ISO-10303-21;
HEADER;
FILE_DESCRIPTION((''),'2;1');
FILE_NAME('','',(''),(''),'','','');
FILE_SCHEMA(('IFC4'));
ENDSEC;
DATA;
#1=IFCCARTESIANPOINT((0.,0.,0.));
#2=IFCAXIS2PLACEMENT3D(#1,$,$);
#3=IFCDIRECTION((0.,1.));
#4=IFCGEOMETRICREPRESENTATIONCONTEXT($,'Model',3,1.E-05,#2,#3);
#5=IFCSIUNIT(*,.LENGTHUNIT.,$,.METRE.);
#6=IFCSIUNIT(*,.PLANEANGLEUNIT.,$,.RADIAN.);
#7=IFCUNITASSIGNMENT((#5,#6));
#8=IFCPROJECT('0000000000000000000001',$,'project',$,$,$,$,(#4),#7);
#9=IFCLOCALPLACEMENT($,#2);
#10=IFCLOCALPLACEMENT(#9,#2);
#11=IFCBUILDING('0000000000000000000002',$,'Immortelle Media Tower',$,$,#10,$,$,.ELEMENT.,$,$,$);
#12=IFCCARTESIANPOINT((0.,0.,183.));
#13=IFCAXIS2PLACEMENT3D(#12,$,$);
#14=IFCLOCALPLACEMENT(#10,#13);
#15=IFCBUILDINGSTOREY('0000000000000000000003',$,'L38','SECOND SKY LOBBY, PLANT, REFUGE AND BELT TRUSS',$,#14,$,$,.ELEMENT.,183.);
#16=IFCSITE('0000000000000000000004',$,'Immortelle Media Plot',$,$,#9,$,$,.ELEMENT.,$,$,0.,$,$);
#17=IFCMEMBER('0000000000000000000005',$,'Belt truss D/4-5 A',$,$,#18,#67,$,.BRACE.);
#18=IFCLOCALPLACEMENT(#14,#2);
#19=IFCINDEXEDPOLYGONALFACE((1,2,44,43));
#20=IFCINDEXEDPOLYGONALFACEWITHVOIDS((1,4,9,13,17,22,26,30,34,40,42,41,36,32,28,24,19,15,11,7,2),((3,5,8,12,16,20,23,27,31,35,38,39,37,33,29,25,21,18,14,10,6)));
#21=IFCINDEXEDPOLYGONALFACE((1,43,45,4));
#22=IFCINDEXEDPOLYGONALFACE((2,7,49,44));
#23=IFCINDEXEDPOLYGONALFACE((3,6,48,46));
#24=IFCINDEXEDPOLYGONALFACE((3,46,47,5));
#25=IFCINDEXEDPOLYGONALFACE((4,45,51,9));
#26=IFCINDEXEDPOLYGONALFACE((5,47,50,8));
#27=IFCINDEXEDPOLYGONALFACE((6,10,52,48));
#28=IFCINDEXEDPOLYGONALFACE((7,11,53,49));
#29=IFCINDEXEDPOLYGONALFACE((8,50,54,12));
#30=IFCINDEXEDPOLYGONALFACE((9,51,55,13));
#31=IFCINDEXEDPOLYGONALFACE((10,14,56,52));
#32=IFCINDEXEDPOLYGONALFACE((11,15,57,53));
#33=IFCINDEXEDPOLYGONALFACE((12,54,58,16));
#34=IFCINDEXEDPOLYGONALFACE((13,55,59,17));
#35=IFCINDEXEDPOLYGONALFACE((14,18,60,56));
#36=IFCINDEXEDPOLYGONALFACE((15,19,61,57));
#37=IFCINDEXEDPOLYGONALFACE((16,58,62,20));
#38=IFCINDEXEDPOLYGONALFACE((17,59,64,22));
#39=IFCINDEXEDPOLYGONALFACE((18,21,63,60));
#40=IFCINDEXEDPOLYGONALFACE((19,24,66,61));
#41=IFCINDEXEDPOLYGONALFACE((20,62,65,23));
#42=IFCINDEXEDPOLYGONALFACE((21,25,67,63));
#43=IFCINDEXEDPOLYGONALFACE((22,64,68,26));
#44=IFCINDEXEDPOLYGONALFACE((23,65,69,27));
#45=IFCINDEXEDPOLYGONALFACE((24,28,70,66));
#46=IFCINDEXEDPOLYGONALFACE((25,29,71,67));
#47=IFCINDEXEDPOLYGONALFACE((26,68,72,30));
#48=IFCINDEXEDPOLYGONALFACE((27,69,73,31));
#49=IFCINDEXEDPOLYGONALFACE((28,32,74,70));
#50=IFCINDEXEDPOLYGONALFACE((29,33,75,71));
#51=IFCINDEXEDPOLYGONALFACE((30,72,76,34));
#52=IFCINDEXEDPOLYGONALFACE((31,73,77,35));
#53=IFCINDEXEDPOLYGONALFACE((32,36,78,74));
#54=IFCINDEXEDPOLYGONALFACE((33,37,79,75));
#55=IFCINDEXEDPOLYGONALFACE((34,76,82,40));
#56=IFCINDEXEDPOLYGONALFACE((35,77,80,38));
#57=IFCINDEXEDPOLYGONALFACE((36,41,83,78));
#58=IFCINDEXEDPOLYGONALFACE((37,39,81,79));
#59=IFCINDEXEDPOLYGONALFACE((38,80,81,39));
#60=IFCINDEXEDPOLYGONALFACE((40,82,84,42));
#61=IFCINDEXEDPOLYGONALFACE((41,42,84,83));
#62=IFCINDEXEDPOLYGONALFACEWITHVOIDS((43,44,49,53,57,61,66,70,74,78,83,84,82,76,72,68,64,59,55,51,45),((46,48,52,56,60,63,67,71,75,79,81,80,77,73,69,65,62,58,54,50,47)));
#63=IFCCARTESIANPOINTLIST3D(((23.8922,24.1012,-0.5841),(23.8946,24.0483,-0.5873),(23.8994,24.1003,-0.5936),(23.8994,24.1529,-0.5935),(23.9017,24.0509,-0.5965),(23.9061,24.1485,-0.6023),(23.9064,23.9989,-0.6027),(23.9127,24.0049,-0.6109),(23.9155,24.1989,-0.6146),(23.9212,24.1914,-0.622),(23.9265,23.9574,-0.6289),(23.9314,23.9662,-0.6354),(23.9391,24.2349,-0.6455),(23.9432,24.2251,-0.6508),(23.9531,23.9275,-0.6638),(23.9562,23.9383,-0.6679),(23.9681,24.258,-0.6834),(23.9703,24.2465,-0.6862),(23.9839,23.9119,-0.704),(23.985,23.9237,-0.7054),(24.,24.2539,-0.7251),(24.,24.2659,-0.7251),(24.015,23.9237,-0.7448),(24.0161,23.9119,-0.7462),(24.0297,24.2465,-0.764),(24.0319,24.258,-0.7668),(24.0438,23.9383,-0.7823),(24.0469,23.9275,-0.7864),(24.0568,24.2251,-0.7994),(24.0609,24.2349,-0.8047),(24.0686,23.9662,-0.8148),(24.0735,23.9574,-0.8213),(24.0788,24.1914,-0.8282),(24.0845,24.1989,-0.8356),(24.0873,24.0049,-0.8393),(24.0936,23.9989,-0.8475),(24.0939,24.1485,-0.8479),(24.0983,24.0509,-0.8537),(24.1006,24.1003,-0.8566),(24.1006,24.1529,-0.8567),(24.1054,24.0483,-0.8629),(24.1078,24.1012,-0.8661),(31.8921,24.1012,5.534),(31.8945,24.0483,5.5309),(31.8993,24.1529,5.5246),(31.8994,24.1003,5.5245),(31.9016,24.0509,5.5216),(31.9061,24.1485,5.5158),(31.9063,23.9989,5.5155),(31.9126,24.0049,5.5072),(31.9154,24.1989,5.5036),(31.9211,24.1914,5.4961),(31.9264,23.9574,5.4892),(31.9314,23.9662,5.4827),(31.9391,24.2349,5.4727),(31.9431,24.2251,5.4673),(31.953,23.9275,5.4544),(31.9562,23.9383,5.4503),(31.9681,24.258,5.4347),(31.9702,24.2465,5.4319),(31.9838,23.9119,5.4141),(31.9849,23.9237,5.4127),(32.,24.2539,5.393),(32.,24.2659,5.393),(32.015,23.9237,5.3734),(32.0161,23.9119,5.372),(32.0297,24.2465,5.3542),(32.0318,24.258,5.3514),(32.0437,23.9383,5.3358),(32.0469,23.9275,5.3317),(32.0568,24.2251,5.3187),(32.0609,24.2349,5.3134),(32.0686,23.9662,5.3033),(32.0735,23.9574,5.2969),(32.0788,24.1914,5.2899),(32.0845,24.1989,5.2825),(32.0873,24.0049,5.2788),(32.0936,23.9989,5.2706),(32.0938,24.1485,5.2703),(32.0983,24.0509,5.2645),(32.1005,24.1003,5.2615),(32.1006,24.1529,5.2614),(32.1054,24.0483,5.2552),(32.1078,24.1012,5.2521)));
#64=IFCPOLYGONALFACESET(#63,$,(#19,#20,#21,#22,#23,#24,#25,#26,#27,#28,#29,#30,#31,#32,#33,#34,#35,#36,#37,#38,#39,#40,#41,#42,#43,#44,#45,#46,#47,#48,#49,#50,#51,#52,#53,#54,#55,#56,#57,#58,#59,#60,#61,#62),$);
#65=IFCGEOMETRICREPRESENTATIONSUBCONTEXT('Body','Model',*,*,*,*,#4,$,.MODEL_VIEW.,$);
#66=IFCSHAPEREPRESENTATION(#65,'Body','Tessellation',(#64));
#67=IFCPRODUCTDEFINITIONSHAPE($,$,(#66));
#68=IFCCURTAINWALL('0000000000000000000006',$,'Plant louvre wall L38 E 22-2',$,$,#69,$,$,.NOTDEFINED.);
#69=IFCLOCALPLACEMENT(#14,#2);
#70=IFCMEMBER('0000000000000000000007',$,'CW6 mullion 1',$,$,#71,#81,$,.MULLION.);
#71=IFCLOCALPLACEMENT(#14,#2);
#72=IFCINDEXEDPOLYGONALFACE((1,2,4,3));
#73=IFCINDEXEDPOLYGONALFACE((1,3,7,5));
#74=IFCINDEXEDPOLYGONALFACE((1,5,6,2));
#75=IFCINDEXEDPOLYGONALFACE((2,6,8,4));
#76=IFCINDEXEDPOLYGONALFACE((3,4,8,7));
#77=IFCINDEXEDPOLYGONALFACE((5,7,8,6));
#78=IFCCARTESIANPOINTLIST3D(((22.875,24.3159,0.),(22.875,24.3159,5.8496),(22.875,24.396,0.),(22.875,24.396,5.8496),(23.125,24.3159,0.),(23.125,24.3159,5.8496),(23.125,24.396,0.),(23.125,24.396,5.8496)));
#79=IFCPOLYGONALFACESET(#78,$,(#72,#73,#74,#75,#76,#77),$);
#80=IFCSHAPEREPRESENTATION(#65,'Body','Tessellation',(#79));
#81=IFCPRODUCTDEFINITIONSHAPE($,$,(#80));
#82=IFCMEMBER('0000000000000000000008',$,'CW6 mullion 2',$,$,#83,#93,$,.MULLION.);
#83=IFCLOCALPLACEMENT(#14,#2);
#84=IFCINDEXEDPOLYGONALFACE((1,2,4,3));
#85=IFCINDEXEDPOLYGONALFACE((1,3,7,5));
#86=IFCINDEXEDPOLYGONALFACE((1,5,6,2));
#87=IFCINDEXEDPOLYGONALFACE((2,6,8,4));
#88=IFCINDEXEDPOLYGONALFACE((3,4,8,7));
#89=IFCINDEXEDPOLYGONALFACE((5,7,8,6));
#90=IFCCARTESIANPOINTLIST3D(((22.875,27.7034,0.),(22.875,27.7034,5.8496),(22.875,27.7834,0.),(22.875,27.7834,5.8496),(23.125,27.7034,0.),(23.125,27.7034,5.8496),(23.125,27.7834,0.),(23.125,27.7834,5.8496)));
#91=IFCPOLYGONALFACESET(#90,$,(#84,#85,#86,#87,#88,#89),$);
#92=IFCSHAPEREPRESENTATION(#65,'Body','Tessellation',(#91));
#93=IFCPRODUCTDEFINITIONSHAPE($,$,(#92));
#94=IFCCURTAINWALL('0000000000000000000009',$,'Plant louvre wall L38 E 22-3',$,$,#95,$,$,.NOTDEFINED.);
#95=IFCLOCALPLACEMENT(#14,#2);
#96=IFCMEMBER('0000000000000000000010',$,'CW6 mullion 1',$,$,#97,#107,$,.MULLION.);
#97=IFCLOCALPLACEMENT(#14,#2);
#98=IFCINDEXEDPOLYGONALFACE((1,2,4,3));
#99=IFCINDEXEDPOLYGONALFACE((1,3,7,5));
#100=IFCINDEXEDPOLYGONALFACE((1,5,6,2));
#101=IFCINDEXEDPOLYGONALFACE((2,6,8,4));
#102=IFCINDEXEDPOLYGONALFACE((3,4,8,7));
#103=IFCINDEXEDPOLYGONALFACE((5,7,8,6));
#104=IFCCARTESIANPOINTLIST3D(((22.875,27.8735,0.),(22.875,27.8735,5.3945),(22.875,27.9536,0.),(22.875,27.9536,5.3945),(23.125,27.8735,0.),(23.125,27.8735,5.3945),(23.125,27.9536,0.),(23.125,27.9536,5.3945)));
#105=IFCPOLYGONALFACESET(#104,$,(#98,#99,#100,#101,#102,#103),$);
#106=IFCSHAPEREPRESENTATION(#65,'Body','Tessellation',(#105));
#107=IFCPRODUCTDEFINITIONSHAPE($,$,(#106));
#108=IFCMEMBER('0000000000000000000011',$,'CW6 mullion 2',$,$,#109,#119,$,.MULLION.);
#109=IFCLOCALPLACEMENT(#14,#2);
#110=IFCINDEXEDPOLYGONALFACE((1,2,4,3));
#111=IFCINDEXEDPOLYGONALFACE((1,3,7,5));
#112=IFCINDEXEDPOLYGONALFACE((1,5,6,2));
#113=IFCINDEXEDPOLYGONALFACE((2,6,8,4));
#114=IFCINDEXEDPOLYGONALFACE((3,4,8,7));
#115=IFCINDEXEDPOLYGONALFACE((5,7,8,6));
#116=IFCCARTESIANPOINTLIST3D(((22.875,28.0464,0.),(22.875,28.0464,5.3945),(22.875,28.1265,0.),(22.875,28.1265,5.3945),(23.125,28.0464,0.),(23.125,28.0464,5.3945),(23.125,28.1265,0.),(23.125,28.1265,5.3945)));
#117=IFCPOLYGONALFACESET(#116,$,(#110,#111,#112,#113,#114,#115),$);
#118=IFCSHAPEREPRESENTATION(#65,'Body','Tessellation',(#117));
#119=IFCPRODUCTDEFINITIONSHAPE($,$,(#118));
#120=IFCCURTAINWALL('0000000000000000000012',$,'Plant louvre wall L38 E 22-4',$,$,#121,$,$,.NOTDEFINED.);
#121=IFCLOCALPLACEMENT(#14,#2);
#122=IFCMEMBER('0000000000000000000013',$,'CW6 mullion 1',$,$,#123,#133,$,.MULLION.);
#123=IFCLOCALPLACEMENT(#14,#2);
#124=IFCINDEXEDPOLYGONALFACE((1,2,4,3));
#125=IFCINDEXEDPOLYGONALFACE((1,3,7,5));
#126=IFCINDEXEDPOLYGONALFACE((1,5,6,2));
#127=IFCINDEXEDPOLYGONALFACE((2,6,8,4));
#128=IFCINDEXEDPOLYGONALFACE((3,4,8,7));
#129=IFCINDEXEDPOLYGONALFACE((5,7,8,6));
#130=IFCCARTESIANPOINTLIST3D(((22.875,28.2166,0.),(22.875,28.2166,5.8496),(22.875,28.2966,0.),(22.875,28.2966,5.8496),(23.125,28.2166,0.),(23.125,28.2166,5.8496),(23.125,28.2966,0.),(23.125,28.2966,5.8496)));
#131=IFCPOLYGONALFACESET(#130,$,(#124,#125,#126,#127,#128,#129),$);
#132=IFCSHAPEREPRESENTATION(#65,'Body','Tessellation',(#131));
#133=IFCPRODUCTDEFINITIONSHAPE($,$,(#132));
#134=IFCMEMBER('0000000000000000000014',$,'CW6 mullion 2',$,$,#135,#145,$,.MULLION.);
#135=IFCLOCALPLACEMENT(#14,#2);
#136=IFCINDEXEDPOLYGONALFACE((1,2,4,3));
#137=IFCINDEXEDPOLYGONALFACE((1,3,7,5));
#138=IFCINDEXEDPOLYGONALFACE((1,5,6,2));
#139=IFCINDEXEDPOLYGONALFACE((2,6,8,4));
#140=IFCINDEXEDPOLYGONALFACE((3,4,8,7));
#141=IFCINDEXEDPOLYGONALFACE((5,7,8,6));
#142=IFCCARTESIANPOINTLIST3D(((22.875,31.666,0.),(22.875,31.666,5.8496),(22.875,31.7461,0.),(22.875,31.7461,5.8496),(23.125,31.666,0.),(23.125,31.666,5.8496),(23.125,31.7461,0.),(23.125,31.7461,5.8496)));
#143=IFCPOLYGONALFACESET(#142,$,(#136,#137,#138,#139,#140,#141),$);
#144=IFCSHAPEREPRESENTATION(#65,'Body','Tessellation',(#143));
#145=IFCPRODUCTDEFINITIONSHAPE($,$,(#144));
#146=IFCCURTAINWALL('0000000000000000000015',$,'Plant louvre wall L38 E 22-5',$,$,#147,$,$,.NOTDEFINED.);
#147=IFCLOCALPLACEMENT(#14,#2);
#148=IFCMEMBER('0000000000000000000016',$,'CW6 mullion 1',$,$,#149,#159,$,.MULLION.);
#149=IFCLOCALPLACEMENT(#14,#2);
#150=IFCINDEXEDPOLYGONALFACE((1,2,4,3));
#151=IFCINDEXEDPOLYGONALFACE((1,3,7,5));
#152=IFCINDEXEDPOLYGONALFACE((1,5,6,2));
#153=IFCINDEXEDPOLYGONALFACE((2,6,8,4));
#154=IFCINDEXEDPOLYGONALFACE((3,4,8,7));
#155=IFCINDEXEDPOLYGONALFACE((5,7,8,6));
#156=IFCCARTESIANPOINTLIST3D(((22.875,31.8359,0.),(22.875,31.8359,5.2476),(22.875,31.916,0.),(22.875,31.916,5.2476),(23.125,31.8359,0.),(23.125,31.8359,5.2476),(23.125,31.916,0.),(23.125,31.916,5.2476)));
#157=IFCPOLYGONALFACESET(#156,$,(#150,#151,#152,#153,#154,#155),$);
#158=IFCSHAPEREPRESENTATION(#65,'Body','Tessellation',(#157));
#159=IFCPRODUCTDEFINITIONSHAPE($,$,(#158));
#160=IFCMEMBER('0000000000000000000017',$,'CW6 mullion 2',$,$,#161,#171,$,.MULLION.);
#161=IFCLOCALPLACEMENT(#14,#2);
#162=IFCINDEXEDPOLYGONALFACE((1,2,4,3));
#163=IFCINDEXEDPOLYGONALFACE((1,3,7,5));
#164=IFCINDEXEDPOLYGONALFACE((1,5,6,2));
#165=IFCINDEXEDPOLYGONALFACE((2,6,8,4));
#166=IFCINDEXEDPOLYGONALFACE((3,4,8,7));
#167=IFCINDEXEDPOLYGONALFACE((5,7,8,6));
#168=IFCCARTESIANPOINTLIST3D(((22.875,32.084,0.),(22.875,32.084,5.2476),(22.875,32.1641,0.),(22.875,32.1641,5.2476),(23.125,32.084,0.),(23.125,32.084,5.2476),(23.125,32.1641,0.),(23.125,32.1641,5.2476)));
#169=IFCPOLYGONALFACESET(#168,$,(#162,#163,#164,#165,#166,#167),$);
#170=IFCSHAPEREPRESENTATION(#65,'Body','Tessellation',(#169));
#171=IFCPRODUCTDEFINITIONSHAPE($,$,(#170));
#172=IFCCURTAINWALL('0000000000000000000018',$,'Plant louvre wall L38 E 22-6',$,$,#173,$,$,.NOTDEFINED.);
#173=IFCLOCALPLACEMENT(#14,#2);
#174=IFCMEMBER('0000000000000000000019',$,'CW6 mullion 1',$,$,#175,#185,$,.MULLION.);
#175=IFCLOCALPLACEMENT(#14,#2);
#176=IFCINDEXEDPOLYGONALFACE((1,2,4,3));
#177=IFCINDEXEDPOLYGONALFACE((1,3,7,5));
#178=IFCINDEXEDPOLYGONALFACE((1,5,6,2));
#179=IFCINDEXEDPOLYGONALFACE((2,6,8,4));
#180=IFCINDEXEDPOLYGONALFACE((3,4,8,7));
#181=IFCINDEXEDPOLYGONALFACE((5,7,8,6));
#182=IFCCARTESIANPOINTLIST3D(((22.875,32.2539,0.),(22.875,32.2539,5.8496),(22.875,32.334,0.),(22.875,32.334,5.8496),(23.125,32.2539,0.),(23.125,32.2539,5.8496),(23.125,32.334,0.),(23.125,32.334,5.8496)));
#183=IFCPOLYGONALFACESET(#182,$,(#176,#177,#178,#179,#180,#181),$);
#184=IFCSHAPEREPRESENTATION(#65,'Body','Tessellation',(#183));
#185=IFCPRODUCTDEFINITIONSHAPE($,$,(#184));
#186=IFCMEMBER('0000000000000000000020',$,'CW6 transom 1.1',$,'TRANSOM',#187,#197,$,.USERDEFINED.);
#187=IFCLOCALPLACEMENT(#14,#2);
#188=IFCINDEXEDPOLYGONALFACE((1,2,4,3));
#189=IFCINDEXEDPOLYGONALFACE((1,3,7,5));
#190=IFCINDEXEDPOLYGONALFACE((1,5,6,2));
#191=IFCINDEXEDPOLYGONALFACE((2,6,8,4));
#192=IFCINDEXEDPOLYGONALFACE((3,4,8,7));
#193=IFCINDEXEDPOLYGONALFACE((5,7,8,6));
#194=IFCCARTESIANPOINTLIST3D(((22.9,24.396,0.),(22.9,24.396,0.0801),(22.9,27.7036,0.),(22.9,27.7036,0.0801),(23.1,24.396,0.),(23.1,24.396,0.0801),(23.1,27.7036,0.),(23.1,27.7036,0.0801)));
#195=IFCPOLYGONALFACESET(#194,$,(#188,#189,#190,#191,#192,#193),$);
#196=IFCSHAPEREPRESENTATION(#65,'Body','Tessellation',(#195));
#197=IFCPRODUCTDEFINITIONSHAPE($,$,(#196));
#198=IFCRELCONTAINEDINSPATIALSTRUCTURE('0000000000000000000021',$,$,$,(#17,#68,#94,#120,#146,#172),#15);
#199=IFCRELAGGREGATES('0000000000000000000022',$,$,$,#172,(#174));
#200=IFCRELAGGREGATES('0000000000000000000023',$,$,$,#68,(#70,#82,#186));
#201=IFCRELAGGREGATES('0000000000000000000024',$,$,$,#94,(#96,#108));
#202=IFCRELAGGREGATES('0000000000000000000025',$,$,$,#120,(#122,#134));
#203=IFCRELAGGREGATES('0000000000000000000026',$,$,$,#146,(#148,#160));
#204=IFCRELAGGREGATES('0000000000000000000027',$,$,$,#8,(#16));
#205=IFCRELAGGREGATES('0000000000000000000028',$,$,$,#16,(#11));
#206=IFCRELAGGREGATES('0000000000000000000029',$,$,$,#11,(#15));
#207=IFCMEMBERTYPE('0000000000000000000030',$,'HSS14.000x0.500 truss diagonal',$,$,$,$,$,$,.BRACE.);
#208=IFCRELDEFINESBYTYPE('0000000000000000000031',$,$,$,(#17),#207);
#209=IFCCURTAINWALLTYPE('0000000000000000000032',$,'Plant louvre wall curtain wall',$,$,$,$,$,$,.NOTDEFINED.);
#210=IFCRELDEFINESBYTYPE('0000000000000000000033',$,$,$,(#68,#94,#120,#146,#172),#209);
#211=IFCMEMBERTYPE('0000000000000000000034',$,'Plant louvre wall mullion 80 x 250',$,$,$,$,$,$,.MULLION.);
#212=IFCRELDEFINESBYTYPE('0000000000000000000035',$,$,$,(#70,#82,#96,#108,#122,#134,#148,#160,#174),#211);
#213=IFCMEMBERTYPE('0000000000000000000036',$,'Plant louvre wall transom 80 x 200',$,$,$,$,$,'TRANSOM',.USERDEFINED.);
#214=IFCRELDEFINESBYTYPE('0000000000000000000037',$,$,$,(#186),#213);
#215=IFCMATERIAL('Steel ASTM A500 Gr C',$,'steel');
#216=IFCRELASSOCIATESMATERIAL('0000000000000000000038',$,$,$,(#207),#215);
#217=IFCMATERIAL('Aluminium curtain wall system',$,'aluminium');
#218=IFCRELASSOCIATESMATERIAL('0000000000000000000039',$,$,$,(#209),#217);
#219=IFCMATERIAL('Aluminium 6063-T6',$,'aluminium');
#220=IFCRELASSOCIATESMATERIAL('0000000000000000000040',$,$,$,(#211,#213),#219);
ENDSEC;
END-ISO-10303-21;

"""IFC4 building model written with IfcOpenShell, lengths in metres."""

from ifc_helpers import new_model, si_unit, direction, frame, origin, origin_2d, place, context, subcontext, project, spatial, rectangle, hollow_circle, extrude, material, material_profile, profile_set, type_object, element, aggregate, save


model = new_model("IFC4")

# Units and contexts
model_context = context("Model", 3, precision=1e-05, world=origin(), true_north=direction((0.0, 1.0)))
body_context = subcontext(model_context, "Body", "Model", "MODEL_VIEW")
ifc_project = project(units=[si_unit("LENGTHUNIT", "METRE"), si_unit("PLANEANGLEUNIT", "RADIAN")], contexts=[model_context])

# Site, building, storey
site_placement = place(None, origin())
site = spatial("IfcSite", under=ifc_project, at=site_placement, Name="Immortelle Media Plot", CompositionType="ELEMENT", RefElevation=0.0)
building_placement = place(site_placement, origin())
building = spatial("IfcBuilding", under=site, at=building_placement, Name="Immortelle Media Tower", CompositionType="ELEMENT")
storey_placement = place(building_placement, frame((0.0, 0.0, 183.0)))
storey = spatial("IfcBuildingStorey", under=building, at=storey_placement, Name="L38", Description="SECOND SKY LOBBY, PLANT, REFUGE AND BELT TRUSS", CompositionType="ELEMENT", Elevation=183.0)

# Member
ifc_material_1 = material(Name="Steel ASTM A500 Gr C", Category="steel")
ifc_material_profile_1 = material_profile(ifc_material_1, hollow_circle(Radius=0.178, WallThickness=0.012, at=origin_2d()), Name="HSS14.000x0.500 truss diagonal")
ifc_profile_set_1 = profile_set([ifc_material_profile_1], Name="Steel ASTM A500 Gr C")
member_type_1 = type_object("IfcMemberType", Name="HSS14.000x0.500 truss diagonal", PredefinedType="BRACE", material=ifc_profile_set_1)
member_1_placement = place(storey_placement, frame((24.0, 24.0879, -0.7251), z_axis=(0.794333, 0.0, 0.607482), x_axis=(0.0, 1.0, 0.0)))
element("IfcMember", 1, at=member_1_placement, inside=storey, type_object=member_type_1, Name="Belt truss D/4-5 A", PredefinedType="BRACE", context=body_context, shape_type="SweptSolid", body=[
    extrude(hollow_circle(Radius=0.178, WallThickness=0.012, at=origin_2d()), origin(), (0.0, 0.0, 1.0), 10.0713),
])

# Curtain walls, members
ifc_material_2 = material(Name="Aluminium curtain wall system", Category="aluminium")
curtain_wall_type = type_object("IfcCurtainWallType", Name="Plant louvre wall curtain wall", PredefinedType="NOTDEFINED", material=ifc_material_2)
curtain_wall_1_placement = place(storey_placement, origin())
curtain_wall_1 = element("IfcCurtainWall", 2, at=curtain_wall_1_placement, inside=storey, type_object=curtain_wall_type, Name="Plant louvre wall L38 E 22-2", PredefinedType="NOTDEFINED")
ifc_material_3 = material(Name="Aluminium 6063-T6", Category="aluminium")
ifc_material_profile_2 = material_profile(ifc_material_3, rectangle(XDim=0.25, YDim=0.0801, at=origin_2d()), Name="AL 80x250")
ifc_profile_set_2 = profile_set([ifc_material_profile_2], Name="Aluminium 6063-T6")
member_type_2 = type_object("IfcMemberType", Name="Plant louvre wall mullion 80 x 250", PredefinedType="MULLION", material=ifc_profile_set_2)
member_2_placement = place(storey_placement, frame((23.0, 24.356, 0.0), z_axis=(0.0, 0.0, 1.0), x_axis=(-1.0, 0.0, 0.0)))
member_2 = element("IfcMember", 3, at=member_2_placement, type_object=member_type_2, Name="CW6 mullion 1", PredefinedType="MULLION", context=body_context, shape_type="SweptSolid", body=[
    extrude(rectangle(XDim=0.25, YDim=0.0801, at=origin_2d()), origin(), (0.0, 0.0, 1.0), 5.8496),
])
member_3_placement = place(storey_placement, frame((23.0, 27.7434, 0.0), z_axis=(0.0, 0.0, 1.0), x_axis=(-1.0, 0.0, 0.0)))
member_3 = element("IfcMember", 4, at=member_3_placement, type_object=member_type_2, Name="CW6 mullion 2", PredefinedType="MULLION", context=body_context, shape_type="SweptSolid", body=[
    extrude(rectangle(XDim=0.25, YDim=0.0801, at=origin_2d()), origin(), (0.0, 0.0, 1.0), 5.8496),
])
curtain_wall_2_placement = place(storey_placement, origin())
curtain_wall_2 = element("IfcCurtainWall", 5, at=curtain_wall_2_placement, inside=storey, type_object=curtain_wall_type, Name="Plant louvre wall L38 E 22-3", PredefinedType="NOTDEFINED")
member_4_placement = place(storey_placement, frame((23.0, 27.9136, 0.0), z_axis=(0.0, 0.0, 1.0), x_axis=(-1.0, 0.0, 0.0)))
member_4 = element("IfcMember", 6, at=member_4_placement, type_object=member_type_2, Name="CW6 mullion 1", PredefinedType="MULLION", context=body_context, shape_type="SweptSolid", body=[
    extrude(rectangle(XDim=0.25, YDim=0.0801, at=origin_2d()), origin(), (0.0, 0.0, 1.0), 5.3945),
])
member_5_placement = place(storey_placement, frame((23.0, 28.0864, 0.0), z_axis=(0.0, 0.0, 1.0), x_axis=(-1.0, 0.0, 0.0)))
member_5 = element("IfcMember", 7, at=member_5_placement, type_object=member_type_2, Name="CW6 mullion 2", PredefinedType="MULLION", context=body_context, shape_type="SweptSolid", body=[
    extrude(rectangle(XDim=0.25, YDim=0.0801, at=origin_2d()), origin(), (0.0, 0.0, 1.0), 5.3945),
])
curtain_wall_3_placement = place(storey_placement, origin())
curtain_wall_3 = element("IfcCurtainWall", 8, at=curtain_wall_3_placement, inside=storey, type_object=curtain_wall_type, Name="Plant louvre wall L38 E 22-4", PredefinedType="NOTDEFINED")
member_6_placement = place(storey_placement, frame((23.0, 28.2566, 0.0), z_axis=(0.0, 0.0, 1.0), x_axis=(-1.0, 0.0, 0.0)))
member_6 = element("IfcMember", 9, at=member_6_placement, type_object=member_type_2, Name="CW6 mullion 1", PredefinedType="MULLION", context=body_context, shape_type="SweptSolid", body=[
    extrude(rectangle(XDim=0.25, YDim=0.0801, at=origin_2d()), origin(), (0.0, 0.0, 1.0), 5.8496),
])
member_7_placement = place(storey_placement, frame((23.0, 31.7061, 0.0), z_axis=(0.0, 0.0, 1.0), x_axis=(-1.0, 0.0, 0.0)))
member_7 = element("IfcMember", 10, at=member_7_placement, type_object=member_type_2, Name="CW6 mullion 2", PredefinedType="MULLION", context=body_context, shape_type="SweptSolid", body=[
    extrude(rectangle(XDim=0.25, YDim=0.0801, at=origin_2d()), origin(), (0.0, 0.0, 1.0), 5.8496),
])
curtain_wall_4_placement = place(storey_placement, origin())
curtain_wall_4 = element("IfcCurtainWall", 11, at=curtain_wall_4_placement, inside=storey, type_object=curtain_wall_type, Name="Plant louvre wall L38 E 22-5", PredefinedType="NOTDEFINED")
member_8_placement = place(storey_placement, frame((23.0, 31.876, 0.0), z_axis=(0.0, 0.0, 1.0), x_axis=(-1.0, 0.0, 0.0)))
member_8 = element("IfcMember", 12, at=member_8_placement, type_object=member_type_2, Name="CW6 mullion 1", PredefinedType="MULLION", context=body_context, shape_type="SweptSolid", body=[
    extrude(rectangle(XDim=0.25, YDim=0.0801, at=origin_2d()), origin(), (0.0, 0.0, 1.0), 5.2476),
])
member_9_placement = place(storey_placement, frame((23.0, 32.124, 0.0), z_axis=(0.0, 0.0, 1.0), x_axis=(-1.0, 0.0, 0.0)))
member_9 = element("IfcMember", 13, at=member_9_placement, type_object=member_type_2, Name="CW6 mullion 2", PredefinedType="MULLION", context=body_context, shape_type="SweptSolid", body=[
    extrude(rectangle(XDim=0.25, YDim=0.0801, at=origin_2d()), origin(), (0.0, 0.0, 1.0), 5.2476),
])

# Curtain wall, member
curtain_wall_5_placement = place(storey_placement, origin())
curtain_wall_5 = element("IfcCurtainWall", 14, at=curtain_wall_5_placement, inside=storey, type_object=curtain_wall_type, Name="Plant louvre wall L38 E 22-6", PredefinedType="NOTDEFINED")
member_10_placement = place(storey_placement, frame((23.0, 32.2939, 0.0), z_axis=(0.0, 0.0, 1.0), x_axis=(-1.0, 0.0, 0.0)))
member_10 = element("IfcMember", 15, at=member_10_placement, type_object=member_type_2, Name="CW6 mullion 1", PredefinedType="MULLION", context=body_context, shape_type="SweptSolid", body=[
    extrude(rectangle(XDim=0.25, YDim=0.0801, at=origin_2d()), origin(), (0.0, 0.0, 1.0), 5.8496),
])
aggregate(curtain_wall_5, [member_10])

# Member
ifc_material_profile_3 = material_profile(ifc_material_3, rectangle(XDim=0.2, YDim=0.0801, at=origin_2d()), Name="AL 80x200")
ifc_profile_set_3 = profile_set([ifc_material_profile_3], Name="Aluminium 6063-T6")
member_type_3 = type_object("IfcMemberType", Name="Plant louvre wall transom 80 x 200", ElementType="TRANSOM", PredefinedType="USERDEFINED", material=ifc_profile_set_3)
member_11_placement = place(storey_placement, frame((23.0, 24.396, 0.04), z_axis=(0.0, 1.0, 0.0), x_axis=(-1.0, 0.0, 0.0)))
member_11 = element("IfcMember", 16, at=member_11_placement, type_object=member_type_3, Name="CW6 transom 1.1", ObjectType="TRANSOM", PredefinedType="USERDEFINED", context=body_context, shape_type="SweptSolid", body=[
    extrude(rectangle(XDim=0.2, YDim=0.0801, at=origin_2d()), origin(), (0.0, 0.0, 1.0), 3.3076),
])

aggregate(curtain_wall_1, [member_2, member_3, member_11])
aggregate(curtain_wall_2, [member_4, member_5])
aggregate(curtain_wall_3, [member_6, member_7])
aggregate(curtain_wall_4, [member_8, member_9])

save(model, "model.ifc")
